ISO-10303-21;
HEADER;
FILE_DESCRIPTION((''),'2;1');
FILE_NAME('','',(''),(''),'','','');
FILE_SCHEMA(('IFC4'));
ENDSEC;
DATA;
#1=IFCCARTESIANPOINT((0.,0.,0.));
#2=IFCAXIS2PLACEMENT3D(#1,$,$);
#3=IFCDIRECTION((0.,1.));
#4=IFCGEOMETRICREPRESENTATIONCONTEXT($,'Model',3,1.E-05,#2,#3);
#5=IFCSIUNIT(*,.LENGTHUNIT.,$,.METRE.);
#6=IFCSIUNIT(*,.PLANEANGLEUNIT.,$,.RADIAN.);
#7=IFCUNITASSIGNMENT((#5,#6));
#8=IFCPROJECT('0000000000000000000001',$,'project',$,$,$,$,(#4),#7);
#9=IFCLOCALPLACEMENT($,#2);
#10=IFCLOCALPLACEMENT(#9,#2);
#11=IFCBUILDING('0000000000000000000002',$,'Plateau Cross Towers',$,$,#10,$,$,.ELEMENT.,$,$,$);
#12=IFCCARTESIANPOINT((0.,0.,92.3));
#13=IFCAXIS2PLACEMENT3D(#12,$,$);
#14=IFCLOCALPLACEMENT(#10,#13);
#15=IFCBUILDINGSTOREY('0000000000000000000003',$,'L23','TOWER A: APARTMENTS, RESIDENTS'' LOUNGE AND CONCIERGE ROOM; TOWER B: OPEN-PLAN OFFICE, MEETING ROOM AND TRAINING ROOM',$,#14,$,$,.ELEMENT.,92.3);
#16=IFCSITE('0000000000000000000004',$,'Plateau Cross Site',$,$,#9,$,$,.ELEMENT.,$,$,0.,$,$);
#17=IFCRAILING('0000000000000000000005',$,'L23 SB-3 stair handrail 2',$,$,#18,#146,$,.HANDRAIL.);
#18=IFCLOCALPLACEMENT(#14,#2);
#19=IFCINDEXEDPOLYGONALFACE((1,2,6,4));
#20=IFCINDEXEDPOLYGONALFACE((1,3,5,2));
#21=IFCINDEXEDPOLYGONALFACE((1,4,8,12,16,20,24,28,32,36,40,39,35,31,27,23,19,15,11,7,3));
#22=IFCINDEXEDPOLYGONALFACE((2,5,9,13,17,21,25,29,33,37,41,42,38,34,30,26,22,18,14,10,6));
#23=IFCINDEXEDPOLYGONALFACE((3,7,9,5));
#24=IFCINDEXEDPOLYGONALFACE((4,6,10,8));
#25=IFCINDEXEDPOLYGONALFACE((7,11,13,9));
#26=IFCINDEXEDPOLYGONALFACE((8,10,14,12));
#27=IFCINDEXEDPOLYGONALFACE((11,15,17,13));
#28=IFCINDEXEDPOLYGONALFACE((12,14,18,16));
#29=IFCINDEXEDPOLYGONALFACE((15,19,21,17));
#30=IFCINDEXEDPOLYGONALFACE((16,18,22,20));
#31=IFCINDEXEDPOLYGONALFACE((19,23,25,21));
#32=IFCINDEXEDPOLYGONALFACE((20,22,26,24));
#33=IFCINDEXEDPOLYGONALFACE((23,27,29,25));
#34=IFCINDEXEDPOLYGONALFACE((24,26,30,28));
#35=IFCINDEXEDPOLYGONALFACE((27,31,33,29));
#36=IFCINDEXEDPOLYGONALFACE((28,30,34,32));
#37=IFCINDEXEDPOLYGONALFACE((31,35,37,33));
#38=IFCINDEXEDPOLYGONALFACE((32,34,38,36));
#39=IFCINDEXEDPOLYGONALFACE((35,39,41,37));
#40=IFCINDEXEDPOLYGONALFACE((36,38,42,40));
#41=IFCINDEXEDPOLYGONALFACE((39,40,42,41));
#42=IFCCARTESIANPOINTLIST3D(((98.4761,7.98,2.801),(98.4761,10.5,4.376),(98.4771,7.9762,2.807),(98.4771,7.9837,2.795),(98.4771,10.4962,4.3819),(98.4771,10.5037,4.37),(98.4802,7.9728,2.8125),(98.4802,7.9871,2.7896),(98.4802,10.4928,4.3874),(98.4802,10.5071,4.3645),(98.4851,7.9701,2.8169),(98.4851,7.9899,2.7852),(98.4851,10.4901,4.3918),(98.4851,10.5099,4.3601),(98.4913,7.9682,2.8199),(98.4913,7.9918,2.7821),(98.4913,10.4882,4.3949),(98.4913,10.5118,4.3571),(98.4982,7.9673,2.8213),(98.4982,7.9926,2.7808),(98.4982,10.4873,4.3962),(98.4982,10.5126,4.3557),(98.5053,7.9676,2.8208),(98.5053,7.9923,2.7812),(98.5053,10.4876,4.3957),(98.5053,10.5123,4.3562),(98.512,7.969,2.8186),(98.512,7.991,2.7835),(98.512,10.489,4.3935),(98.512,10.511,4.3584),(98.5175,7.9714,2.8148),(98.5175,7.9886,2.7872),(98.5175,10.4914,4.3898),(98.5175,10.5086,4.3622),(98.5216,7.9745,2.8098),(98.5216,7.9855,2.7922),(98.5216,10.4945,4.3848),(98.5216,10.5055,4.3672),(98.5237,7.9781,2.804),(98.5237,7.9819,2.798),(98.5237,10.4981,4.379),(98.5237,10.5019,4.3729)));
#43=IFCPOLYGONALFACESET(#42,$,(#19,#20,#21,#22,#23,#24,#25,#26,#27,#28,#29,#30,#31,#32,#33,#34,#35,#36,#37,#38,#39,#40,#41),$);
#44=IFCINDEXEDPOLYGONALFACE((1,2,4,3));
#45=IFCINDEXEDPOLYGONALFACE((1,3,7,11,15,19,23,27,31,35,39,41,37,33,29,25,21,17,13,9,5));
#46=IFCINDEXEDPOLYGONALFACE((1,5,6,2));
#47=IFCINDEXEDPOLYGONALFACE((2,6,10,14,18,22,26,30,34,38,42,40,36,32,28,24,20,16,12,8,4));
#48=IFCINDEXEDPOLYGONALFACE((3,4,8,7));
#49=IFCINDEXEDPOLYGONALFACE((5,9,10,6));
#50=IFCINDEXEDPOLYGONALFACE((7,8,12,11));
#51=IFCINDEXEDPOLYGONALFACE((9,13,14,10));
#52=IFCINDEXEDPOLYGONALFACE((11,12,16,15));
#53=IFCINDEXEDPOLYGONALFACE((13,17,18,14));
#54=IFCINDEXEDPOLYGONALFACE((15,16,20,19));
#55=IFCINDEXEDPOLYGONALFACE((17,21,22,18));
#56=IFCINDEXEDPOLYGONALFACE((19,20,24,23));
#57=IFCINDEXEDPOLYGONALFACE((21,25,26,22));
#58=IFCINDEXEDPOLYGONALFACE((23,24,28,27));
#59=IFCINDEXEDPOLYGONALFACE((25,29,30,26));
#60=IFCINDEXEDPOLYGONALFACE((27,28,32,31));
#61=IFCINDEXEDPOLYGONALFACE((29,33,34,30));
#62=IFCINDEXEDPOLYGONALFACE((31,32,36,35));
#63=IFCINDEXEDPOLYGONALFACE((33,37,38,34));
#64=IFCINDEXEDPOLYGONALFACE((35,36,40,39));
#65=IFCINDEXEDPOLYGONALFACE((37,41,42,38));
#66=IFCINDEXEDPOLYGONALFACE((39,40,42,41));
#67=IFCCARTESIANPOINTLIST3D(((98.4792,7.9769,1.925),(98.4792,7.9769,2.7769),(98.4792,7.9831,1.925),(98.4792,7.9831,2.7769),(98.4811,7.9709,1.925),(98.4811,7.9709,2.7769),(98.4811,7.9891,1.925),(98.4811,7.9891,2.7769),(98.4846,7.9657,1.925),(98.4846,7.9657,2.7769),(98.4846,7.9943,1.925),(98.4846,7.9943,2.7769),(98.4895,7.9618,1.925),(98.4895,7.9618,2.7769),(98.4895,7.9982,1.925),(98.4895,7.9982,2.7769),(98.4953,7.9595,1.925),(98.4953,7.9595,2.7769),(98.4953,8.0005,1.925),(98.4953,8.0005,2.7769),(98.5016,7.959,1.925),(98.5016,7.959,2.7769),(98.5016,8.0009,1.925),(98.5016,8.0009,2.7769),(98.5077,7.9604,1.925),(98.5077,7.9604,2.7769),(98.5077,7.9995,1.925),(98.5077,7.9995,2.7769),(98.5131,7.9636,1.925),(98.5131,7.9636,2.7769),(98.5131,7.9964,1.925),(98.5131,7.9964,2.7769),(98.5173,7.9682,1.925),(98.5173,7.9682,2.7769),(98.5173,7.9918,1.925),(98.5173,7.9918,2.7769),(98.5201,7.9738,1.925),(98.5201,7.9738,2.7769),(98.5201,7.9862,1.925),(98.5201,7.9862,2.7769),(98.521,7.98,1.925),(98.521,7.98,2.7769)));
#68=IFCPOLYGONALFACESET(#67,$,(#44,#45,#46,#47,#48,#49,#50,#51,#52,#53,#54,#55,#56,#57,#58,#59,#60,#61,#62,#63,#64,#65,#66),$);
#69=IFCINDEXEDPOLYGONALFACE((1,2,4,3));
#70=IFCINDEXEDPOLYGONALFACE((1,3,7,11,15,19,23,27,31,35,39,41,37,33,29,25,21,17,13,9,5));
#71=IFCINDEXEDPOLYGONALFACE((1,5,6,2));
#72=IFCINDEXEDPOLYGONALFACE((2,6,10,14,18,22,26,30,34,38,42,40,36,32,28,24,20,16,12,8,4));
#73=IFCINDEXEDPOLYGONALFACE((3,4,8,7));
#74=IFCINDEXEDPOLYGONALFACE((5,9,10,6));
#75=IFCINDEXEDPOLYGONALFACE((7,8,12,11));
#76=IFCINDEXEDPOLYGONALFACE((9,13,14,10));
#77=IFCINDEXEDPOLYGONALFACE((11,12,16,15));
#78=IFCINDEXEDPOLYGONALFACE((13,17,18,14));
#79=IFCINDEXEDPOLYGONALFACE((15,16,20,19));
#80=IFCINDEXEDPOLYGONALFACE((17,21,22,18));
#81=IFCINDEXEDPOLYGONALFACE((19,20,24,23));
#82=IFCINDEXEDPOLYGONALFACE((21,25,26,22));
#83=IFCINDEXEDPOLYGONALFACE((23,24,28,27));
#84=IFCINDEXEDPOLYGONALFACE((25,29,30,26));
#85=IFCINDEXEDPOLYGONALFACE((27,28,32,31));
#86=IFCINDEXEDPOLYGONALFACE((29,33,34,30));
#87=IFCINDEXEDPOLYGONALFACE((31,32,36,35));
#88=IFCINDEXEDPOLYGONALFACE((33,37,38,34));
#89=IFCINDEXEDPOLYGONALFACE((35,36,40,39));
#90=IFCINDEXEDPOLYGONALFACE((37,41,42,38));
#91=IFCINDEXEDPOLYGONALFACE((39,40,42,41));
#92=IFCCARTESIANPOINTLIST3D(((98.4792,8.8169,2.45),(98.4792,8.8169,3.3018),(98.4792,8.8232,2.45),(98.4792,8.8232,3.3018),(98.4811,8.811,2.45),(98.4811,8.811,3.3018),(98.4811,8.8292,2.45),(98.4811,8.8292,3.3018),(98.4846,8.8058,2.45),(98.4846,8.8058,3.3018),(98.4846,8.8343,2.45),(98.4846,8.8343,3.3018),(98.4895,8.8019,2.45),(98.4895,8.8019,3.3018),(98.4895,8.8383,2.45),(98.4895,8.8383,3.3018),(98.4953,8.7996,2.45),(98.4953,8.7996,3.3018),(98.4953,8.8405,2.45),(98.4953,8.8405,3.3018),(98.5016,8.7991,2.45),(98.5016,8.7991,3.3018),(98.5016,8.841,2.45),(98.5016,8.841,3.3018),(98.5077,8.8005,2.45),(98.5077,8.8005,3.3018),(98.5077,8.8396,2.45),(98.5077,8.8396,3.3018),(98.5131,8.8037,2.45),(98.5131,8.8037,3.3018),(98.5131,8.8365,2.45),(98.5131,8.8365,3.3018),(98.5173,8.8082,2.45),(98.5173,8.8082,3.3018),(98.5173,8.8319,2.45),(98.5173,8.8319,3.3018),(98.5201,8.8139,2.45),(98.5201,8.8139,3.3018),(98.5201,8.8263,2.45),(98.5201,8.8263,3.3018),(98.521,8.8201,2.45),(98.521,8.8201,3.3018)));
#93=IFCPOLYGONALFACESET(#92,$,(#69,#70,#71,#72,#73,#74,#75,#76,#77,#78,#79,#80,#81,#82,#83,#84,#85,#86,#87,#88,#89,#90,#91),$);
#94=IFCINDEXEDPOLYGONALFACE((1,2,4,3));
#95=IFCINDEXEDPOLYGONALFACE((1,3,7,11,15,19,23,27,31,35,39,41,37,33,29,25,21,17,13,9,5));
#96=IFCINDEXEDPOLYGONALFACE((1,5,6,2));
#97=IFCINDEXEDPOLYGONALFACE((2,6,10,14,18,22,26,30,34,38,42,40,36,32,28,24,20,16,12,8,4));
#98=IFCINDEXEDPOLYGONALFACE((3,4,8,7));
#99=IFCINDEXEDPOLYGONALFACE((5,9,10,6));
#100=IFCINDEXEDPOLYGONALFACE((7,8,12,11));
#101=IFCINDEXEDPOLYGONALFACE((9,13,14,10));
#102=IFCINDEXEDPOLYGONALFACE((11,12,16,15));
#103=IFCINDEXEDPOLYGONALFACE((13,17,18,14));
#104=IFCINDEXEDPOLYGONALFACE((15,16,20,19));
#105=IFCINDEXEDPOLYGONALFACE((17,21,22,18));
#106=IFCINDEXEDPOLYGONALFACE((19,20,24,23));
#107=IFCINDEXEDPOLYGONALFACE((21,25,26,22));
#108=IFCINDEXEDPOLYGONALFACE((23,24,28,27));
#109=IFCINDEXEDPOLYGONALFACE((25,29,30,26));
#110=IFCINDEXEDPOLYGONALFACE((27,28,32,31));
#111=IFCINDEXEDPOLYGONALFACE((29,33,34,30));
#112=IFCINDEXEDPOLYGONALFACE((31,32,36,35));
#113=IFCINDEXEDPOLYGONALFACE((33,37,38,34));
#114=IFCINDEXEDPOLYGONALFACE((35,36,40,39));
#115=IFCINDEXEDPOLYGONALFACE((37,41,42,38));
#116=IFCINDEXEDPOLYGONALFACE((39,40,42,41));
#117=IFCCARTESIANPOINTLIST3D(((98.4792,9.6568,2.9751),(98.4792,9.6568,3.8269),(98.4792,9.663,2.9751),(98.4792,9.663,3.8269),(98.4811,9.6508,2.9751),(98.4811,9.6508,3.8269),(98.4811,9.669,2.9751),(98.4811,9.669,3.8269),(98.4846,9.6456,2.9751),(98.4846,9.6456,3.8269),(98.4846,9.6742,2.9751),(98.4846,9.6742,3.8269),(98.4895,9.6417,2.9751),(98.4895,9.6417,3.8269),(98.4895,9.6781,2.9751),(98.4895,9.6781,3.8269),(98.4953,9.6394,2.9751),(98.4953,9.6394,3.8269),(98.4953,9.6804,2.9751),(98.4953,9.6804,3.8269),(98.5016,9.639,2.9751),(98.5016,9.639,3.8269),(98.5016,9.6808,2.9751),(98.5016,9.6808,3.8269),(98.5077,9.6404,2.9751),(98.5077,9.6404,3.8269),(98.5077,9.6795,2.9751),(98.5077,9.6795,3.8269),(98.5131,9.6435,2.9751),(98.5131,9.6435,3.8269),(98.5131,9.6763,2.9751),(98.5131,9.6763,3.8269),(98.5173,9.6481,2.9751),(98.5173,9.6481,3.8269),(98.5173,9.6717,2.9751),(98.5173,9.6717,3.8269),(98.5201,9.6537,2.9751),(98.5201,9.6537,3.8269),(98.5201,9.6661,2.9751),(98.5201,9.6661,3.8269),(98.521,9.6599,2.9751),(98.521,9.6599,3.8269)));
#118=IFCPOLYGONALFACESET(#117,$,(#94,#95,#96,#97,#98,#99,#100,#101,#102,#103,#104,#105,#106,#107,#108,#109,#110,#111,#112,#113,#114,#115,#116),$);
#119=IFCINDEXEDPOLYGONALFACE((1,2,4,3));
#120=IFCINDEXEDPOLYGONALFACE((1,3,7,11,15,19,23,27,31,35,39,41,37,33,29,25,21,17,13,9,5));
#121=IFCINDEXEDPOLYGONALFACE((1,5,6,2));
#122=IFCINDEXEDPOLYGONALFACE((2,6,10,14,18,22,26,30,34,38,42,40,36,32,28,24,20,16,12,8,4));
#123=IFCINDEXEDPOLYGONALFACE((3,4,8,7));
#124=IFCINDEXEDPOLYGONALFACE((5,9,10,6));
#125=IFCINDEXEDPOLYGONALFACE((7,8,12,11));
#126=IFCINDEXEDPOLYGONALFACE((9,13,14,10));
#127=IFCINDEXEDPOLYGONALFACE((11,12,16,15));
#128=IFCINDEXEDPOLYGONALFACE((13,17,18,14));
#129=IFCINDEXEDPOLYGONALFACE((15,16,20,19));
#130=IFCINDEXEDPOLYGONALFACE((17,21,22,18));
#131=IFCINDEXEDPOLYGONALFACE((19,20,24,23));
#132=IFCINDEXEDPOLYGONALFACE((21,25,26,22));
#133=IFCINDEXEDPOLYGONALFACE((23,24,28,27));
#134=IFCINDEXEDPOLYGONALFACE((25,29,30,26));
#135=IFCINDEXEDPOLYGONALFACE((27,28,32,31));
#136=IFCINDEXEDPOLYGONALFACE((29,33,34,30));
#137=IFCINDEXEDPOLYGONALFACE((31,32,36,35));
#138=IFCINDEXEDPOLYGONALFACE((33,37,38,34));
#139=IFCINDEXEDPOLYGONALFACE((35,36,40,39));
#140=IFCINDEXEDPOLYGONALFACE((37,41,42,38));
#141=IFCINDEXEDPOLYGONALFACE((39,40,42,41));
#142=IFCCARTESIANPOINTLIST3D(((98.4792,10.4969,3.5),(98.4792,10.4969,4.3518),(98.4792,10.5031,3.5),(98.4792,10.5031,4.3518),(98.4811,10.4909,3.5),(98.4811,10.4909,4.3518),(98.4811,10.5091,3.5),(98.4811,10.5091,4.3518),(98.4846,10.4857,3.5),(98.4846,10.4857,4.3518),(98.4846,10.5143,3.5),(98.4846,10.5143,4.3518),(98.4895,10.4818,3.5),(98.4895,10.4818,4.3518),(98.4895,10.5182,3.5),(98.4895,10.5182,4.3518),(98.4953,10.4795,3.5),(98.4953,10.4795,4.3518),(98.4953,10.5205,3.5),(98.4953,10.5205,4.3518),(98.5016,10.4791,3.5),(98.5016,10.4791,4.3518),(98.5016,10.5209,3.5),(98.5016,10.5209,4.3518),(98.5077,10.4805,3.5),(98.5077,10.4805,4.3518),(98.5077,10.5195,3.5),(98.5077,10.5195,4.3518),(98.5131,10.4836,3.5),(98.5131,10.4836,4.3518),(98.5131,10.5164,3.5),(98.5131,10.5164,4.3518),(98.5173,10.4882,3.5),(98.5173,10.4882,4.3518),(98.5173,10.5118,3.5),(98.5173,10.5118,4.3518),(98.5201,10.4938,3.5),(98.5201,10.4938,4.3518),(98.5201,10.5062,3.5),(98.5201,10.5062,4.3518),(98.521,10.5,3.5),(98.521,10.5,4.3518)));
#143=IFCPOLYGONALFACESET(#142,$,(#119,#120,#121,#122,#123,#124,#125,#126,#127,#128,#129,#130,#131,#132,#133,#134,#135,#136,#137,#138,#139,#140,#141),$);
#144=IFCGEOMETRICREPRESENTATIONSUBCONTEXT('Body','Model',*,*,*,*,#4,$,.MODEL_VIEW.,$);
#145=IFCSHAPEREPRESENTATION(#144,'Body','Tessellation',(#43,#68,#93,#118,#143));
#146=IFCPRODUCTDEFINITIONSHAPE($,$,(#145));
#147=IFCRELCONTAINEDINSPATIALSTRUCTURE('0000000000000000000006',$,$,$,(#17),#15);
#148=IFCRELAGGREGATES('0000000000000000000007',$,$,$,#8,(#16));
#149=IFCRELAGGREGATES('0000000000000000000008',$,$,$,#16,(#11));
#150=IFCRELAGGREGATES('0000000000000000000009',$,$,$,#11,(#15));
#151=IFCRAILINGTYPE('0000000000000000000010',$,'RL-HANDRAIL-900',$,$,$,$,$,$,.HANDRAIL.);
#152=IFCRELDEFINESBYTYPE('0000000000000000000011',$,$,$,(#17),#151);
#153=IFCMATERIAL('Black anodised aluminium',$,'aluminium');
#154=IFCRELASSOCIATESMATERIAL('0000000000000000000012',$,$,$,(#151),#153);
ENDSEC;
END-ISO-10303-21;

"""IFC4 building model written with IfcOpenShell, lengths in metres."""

from ifc_helpers import new_model, si_unit, direction, frame, origin, origin_2d, place, context, subcontext, project, spatial, circle, extrude, material, type_object, element, save


model = new_model("IFC4")

# Units and contexts
model_context = context("Model", 3, precision=1e-05, world=origin(), true_north=direction((0.0, 1.0)))
body_context = subcontext(model_context, "Body", "Model", "MODEL_VIEW")
ifc_project = project(units=[si_unit("LENGTHUNIT", "METRE"), si_unit("PLANEANGLEUNIT", "RADIAN")], contexts=[model_context])

# Site, building, storey
site_placement = place(None, origin())
site = spatial("IfcSite", under=ifc_project, at=site_placement, Name="Plateau Cross Site", CompositionType="ELEMENT", RefElevation=0.0)
building_placement = place(site_placement, origin())
building = spatial("IfcBuilding", under=site, at=building_placement, Name="Plateau Cross Towers", CompositionType="ELEMENT")
storey_placement = place(building_placement, frame((0.0, 0.0, 92.3)))
storey = spatial("IfcBuildingStorey", under=building, at=storey_placement, Name="L23", Description="TOWER A: APARTMENTS, RESIDENTS' LOUNGE AND CONCIERGE ROOM; TOWER B: OPEN-PLAN OFFICE, MEETING ROOM AND TRAINING ROOM", CompositionType="ELEMENT", Elevation=92.3)

# Shared definitions
ifc_material_1 = material(Name="Black anodised aluminium", Category="aluminium")

# Railing
railing_type_1 = type_object("IfcRailingType", Name="RL-HANDRAIL-900", PredefinedType="HANDRAIL", material=ifc_material_1)
railing_1_placement = place(storey_placement, frame((98.5, 7.98, 1.925)))
element("IfcRailing", 1, at=railing_1_placement, inside=storey, type_object=railing_type_1, Name="L23 SB-3 stair handrail 2", PredefinedType="HANDRAIL", context=body_context, shape_type="SweptSolid", body=[
    extrude(circle(Radius=0.0239, at=origin_2d()), frame((0.0, 0.0, 0.876), z_axis=(0.0, 0.848008, 0.529984), x_axis=(-1.0, 0.0, 0.0)), (0.0, 0.0, 1.0), 2.9717),
    extrude(circle(Radius=0.021, at=origin_2d()), origin(), (0.0, 0.0, 1.0), 0.8518),
    extrude(circle(Radius=0.021, at=origin_2d()), frame((0.0, 0.8401, 0.5249)), (0.0, 0.0, 1.0), 0.8518),
    extrude(circle(Radius=0.021, at=origin_2d()), frame((0.0, 1.6799, 1.05)), (0.0, 0.0, 1.0), 0.8518),
    extrude(circle(Radius=0.021, at=origin_2d()), frame((0.0, 2.52, 1.575)), (0.0, 0.0, 1.0), 0.8518),
])

save(model, "model.ifc")
